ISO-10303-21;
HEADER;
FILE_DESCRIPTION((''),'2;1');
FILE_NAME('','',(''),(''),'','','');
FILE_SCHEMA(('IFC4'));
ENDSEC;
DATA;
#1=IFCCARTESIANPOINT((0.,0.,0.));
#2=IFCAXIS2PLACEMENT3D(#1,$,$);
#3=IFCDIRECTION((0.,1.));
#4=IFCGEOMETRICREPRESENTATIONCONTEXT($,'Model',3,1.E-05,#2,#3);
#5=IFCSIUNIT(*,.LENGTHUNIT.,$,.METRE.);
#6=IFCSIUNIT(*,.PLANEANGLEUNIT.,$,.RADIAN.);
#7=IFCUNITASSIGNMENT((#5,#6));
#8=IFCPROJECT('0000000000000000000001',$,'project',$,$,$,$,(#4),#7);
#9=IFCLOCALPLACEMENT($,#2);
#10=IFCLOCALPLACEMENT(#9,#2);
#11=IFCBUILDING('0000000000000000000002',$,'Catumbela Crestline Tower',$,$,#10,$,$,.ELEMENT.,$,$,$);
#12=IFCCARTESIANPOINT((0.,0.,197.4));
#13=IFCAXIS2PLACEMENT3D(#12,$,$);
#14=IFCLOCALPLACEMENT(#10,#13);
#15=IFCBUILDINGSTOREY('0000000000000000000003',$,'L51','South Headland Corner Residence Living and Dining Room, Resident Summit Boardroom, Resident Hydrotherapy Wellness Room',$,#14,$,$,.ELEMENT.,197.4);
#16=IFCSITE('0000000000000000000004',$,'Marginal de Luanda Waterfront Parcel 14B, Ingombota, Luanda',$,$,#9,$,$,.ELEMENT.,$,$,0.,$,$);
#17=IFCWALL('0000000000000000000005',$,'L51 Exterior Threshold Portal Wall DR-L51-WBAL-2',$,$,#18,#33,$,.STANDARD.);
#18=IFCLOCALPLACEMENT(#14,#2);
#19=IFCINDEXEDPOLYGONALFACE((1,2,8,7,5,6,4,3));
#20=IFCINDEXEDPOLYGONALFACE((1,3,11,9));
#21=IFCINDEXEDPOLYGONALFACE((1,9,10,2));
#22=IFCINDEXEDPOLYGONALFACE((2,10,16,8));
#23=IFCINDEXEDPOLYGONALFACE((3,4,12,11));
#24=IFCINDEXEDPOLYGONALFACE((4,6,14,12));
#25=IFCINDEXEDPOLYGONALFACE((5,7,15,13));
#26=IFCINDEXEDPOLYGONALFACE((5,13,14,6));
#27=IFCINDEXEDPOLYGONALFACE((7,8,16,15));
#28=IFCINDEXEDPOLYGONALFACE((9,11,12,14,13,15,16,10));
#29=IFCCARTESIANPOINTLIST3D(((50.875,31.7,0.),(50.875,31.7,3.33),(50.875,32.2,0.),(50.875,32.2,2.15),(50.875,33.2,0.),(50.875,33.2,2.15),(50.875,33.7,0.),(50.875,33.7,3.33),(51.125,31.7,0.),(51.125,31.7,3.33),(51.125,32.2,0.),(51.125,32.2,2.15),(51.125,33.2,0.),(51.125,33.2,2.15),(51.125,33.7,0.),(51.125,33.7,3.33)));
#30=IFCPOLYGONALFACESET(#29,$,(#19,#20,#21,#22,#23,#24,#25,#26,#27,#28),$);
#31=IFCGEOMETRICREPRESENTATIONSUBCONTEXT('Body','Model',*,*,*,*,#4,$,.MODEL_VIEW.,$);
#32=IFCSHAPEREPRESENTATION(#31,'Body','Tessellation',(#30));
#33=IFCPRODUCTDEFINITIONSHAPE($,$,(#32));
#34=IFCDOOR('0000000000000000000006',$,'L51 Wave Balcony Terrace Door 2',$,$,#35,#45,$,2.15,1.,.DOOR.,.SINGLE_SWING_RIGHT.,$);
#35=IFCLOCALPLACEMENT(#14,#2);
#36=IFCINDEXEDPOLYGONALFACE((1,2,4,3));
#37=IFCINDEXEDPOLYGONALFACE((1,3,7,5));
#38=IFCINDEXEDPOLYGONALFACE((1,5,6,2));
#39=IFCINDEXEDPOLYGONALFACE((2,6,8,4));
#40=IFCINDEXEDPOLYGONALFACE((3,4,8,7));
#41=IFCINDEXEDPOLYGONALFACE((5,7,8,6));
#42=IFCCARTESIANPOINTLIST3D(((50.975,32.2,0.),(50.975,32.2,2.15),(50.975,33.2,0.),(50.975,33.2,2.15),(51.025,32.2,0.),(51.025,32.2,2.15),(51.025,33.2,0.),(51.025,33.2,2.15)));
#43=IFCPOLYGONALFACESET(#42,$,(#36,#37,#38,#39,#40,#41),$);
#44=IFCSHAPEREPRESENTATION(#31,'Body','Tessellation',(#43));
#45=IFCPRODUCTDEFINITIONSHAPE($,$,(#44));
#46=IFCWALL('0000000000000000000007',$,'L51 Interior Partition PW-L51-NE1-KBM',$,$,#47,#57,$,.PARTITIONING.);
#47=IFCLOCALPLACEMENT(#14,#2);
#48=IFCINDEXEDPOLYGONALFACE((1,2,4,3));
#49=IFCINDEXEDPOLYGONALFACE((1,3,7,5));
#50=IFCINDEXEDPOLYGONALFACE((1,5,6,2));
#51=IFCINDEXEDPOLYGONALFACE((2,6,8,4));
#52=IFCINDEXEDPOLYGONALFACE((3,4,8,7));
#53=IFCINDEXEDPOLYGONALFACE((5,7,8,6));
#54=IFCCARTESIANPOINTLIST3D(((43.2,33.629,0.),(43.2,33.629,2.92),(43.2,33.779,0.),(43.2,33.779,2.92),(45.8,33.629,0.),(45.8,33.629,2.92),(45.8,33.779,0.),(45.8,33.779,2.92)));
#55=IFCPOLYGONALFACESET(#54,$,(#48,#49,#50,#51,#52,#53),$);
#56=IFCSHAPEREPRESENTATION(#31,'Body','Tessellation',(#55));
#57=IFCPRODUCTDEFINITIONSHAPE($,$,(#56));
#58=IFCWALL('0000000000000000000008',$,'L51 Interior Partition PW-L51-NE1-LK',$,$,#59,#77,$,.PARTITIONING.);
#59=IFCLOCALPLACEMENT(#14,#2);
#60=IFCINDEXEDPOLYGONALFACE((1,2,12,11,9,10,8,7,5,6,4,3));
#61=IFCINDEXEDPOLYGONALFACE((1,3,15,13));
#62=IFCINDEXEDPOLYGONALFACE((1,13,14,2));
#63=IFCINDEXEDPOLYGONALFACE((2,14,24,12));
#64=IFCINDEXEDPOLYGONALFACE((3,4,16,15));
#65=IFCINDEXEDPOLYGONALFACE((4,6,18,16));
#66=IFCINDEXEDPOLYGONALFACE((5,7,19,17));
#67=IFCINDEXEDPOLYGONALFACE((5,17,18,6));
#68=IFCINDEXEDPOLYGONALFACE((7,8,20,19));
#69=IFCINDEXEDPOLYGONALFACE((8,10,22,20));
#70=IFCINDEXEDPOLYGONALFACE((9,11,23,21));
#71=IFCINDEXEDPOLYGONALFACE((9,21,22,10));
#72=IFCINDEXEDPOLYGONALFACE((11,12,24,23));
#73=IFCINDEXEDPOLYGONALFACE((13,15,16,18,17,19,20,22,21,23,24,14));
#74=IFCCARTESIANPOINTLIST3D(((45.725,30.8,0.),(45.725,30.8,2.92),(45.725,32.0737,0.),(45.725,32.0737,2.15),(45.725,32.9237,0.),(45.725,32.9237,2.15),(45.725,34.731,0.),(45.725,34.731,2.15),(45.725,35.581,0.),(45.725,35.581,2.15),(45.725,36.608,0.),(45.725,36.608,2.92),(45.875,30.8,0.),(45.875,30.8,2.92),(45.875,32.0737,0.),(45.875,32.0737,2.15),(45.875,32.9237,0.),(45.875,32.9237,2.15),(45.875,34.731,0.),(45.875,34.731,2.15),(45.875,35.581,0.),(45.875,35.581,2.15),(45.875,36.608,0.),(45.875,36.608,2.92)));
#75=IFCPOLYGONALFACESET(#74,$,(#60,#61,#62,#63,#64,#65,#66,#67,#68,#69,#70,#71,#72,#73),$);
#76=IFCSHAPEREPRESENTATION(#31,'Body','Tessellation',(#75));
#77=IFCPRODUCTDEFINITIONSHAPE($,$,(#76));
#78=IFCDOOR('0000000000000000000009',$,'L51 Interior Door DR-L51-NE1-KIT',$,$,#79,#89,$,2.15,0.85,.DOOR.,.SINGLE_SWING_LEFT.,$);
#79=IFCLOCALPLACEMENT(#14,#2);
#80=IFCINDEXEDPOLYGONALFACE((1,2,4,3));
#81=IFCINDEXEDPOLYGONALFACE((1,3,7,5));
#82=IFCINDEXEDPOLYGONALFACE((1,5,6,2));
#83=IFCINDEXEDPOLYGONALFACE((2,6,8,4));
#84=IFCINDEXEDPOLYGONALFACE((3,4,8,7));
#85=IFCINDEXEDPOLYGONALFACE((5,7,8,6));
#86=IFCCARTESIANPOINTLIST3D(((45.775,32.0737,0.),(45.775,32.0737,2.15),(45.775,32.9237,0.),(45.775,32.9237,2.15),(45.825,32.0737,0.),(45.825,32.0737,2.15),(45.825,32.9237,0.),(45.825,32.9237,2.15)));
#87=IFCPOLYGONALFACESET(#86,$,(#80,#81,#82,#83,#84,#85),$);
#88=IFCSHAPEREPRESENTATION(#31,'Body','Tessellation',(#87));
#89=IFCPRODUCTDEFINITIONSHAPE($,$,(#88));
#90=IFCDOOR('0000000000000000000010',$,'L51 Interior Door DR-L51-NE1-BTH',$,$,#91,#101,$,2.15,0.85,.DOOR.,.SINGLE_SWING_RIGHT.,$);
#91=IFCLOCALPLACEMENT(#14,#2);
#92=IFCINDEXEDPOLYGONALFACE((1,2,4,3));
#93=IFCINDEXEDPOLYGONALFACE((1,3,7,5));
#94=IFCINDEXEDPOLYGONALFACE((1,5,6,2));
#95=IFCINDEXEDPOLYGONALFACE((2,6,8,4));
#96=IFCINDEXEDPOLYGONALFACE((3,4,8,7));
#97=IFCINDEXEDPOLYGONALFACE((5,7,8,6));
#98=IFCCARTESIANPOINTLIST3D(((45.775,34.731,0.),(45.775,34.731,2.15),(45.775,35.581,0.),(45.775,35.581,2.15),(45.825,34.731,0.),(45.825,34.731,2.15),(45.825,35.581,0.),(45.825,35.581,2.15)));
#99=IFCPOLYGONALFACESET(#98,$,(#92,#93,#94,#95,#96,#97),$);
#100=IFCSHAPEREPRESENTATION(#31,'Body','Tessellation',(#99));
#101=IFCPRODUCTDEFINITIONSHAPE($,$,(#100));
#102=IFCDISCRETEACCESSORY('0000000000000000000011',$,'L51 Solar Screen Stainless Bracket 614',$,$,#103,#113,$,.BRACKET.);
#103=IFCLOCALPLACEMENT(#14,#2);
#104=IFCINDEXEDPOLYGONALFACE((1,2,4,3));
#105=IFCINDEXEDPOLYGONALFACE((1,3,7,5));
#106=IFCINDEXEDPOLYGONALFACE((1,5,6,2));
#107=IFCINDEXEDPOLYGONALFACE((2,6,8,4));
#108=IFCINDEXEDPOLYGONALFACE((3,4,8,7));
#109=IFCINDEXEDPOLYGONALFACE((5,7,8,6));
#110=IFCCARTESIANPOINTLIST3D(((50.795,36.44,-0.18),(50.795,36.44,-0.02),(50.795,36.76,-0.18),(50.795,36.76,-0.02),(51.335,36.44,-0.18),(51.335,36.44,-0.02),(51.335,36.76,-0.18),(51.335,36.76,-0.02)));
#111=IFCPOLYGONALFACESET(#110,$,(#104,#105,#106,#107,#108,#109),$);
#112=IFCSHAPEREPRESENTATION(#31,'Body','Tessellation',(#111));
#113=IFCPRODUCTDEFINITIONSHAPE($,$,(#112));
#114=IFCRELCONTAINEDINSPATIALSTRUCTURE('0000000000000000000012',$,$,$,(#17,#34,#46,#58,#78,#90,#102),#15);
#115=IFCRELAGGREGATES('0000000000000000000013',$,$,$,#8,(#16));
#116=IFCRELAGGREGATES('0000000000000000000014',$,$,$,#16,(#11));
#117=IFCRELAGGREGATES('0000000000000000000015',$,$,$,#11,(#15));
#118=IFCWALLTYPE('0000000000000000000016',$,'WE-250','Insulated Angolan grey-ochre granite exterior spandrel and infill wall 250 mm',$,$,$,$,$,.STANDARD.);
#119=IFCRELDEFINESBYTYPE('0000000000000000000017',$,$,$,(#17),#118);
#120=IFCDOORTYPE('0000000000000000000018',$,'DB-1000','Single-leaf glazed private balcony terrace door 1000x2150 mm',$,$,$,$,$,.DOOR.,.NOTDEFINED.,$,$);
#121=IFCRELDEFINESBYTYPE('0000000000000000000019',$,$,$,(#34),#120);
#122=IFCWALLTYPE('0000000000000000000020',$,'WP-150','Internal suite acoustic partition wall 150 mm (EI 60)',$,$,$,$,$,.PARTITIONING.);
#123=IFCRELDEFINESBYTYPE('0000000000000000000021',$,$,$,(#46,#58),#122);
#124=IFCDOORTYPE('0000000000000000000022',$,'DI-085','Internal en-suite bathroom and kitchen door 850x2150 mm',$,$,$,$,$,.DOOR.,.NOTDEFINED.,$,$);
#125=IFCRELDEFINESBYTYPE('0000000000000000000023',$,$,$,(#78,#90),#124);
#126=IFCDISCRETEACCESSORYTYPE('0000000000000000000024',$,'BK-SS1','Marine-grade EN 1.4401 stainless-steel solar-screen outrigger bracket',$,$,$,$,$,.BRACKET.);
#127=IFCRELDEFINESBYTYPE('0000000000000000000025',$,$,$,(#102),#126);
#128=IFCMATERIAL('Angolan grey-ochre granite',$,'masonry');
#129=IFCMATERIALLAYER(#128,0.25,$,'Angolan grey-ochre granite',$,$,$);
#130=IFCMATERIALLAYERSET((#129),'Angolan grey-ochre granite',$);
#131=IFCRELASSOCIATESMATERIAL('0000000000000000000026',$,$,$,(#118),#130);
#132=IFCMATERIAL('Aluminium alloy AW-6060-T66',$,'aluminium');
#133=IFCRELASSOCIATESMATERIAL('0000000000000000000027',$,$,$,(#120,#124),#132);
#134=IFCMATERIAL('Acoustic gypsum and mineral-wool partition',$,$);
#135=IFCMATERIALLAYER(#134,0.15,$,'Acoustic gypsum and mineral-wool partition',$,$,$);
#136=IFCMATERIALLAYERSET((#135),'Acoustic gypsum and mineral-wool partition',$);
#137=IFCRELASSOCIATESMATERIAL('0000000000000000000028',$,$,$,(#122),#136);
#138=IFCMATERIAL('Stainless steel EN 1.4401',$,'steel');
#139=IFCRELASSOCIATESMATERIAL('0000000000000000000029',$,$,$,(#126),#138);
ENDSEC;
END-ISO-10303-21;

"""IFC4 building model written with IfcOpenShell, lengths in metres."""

from ifc_helpers import new_model, si_unit, direction, frame, frame_2d, origin, origin_2d, place, context, subcontext, project, spatial, rectangle, extrude, material, layer, layer_set, type_object, element, fill, save


model = new_model("IFC4")

# Units and contexts
model_context = context("Model", 3, precision=1e-05, world=origin(), true_north=direction((0.0, 1.0)))
body_context = subcontext(model_context, "Body", "Model", "MODEL_VIEW")
ifc_project = project(units=[si_unit("LENGTHUNIT", "METRE"), si_unit("PLANEANGLEUNIT", "RADIAN")], contexts=[model_context])

# Site, building, storey
site_placement = place(None, origin())
site = spatial("IfcSite", under=ifc_project, at=site_placement, Name="Marginal de Luanda Waterfront Parcel 14B, Ingombota, Luanda", CompositionType="ELEMENT", RefElevation=0.0)
building_placement = place(site_placement, origin())
building = spatial("IfcBuilding", under=site, at=building_placement, Name="Catumbela Crestline Tower", CompositionType="ELEMENT")
storey_placement = place(building_placement, frame((0.0, 0.0, 197.4)))
storey = spatial("IfcBuildingStorey", under=building, at=storey_placement, Name="L51", Description="South Headland Corner Residence Living and Dining Room, Resident Summit Boardroom, Resident Hydrotherapy Wellness Room", CompositionType="ELEMENT", Elevation=197.4)

# Shared definitions
ifc_material_1 = material(Name="Aluminium alloy AW-6060-T66", Category="aluminium")

# Wall, opening, door
ifc_material_2 = material(Name="Angolan grey-ochre granite", Category="masonry")
ifc_layer_1 = layer(ifc_material_2, 0.25, Name="Angolan grey-ochre granite")
ifc_layer_set_1 = layer_set([ifc_layer_1], Name="Angolan grey-ochre granite")
wall_type_1 = type_object("IfcWallType", Name="WE-250", Description="Insulated Angolan grey-ochre granite exterior spandrel and infill wall 250 mm", PredefinedType="STANDARD", material=ifc_layer_set_1)
wall_1_placement = place(storey_placement, frame((51.0, 31.7, 0.0), z_axis=(0.0, 0.0, 1.0), x_axis=(0.0, 1.0, 0.0)))
wall_1 = element("IfcWall", 1, at=wall_1_placement, inside=storey, type_object=wall_type_1, Name="L51 Exterior Threshold Portal Wall DR-L51-WBAL-2", PredefinedType="STANDARD", context=body_context, shape_type="SweptSolid", body=[
    extrude(rectangle(XDim=2.0, YDim=0.25, at=frame_2d((1.0, 0.0))), origin(), (0.0, 0.0, 1.0), 3.33),
])
opening_1_placement = place(wall_1_placement, frame((0.5, 0.0, 0.0)))
opening_1 = element("IfcOpeningElement", 2, at=opening_1_placement, cuts=wall_1, PredefinedType="OPENING", context=body_context, shape_type="SweptSolid", body=[
    extrude(rectangle(XDim=1.0, YDim=2.15, at=frame_2d((0.5, 1.075))), frame((0.0, 0.135, 0.0), z_axis=(0.0, -1.0, 0.0), x_axis=(1.0, 0.0, 0.0)), (0.0, 0.0, 1.0), 0.27),
])
door_type_1 = type_object("IfcDoorType", Name="DB-1000", Description="Single-leaf glazed private balcony terrace door 1000x2150 mm", OperationType="NOTDEFINED", PredefinedType="DOOR", material=ifc_material_1)
door_1_placement = place(opening_1_placement, origin())
door_1 = element("IfcDoor", 3, at=door_1_placement, inside=storey, type_object=door_type_1, Name="L51 Wave Balcony Terrace Door 2", OperationType="SINGLE_SWING_RIGHT", OverallHeight=2.15, OverallWidth=1.0, PredefinedType="DOOR", context=body_context, shape_type="SweptSolid", body=[
    extrude(rectangle(XDim=1.0, YDim=2.15, at=frame_2d((0.5, 1.075))), frame((0.0, 0.025, 0.0), z_axis=(0.0, -1.0, 0.0), x_axis=(1.0, 0.0, 0.0)), (0.0, 0.0, 1.0), 0.05),
])
fill(opening_1, door_1)

# Wall
ifc_material_3 = material(Name="Acoustic gypsum and mineral-wool partition")
ifc_layer_2 = layer(ifc_material_3, 0.15, Name="Acoustic gypsum and mineral-wool partition")
ifc_layer_set_2 = layer_set([ifc_layer_2], Name="Acoustic gypsum and mineral-wool partition")
wall_type_2 = type_object("IfcWallType", Name="WP-150", Description="Internal suite acoustic partition wall 150 mm (EI 60)", PredefinedType="PARTITIONING", material=ifc_layer_set_2)
wall_2_placement = place(storey_placement, frame((43.2, 33.704, 0.0), z_axis=(0.0, 0.0, 1.0), x_axis=(1.0, 0.0, 0.0)))
element("IfcWall", 4, at=wall_2_placement, inside=storey, type_object=wall_type_2, Name="L51 Interior Partition PW-L51-NE1-KBM", PredefinedType="PARTITIONING", context=body_context, shape_type="SweptSolid", body=[
    extrude(rectangle(XDim=2.6, YDim=0.15, at=frame_2d((1.3, 0.0))), origin(), (0.0, 0.0, 1.0), 2.92),
])

# Wall, openings, doors
wall_3_placement = place(storey_placement, frame((45.8, 30.8, 0.0), z_axis=(0.0, 0.0, 1.0), x_axis=(0.0, 1.0, 0.0)))
wall_3 = element("IfcWall", 5, at=wall_3_placement, inside=storey, type_object=wall_type_2, Name="L51 Interior Partition PW-L51-NE1-LK", PredefinedType="PARTITIONING", context=body_context, shape_type="SweptSolid", body=[
    extrude(rectangle(XDim=5.808, YDim=0.15, at=frame_2d((2.904, 0.0))), origin(), (0.0, 0.0, 1.0), 2.92),
])
opening_2_placement = place(wall_3_placement, frame((1.2737, 0.0, 0.0)))
opening_2 = element("IfcOpeningElement", 6, at=opening_2_placement, cuts=wall_3, PredefinedType="OPENING", context=body_context, shape_type="SweptSolid", body=[
    extrude(rectangle(XDim=0.85, YDim=2.15, at=frame_2d((0.425, 1.075))), frame((0.0, 0.085, 0.0), z_axis=(0.0, -1.0, 0.0), x_axis=(1.0, 0.0, 0.0)), (0.0, 0.0, 1.0), 0.17),
])
opening_3_placement = place(wall_3_placement, frame((3.931, 0.0, 0.0)))
opening_3 = element("IfcOpeningElement", 7, at=opening_3_placement, cuts=wall_3, PredefinedType="OPENING", context=body_context, shape_type="SweptSolid", body=[
    extrude(rectangle(XDim=0.85, YDim=2.15, at=frame_2d((0.425, 1.075))), frame((0.0, 0.085, 0.0), z_axis=(0.0, -1.0, 0.0), x_axis=(1.0, 0.0, 0.0)), (0.0, 0.0, 1.0), 0.17),
])
door_type_2 = type_object("IfcDoorType", Name="DI-085", Description="Internal en-suite bathroom and kitchen door 850x2150 mm", OperationType="NOTDEFINED", PredefinedType="DOOR", material=ifc_material_1)
door_2_placement = place(opening_2_placement, origin())
door_2 = element("IfcDoor", 8, at=door_2_placement, inside=storey, type_object=door_type_2, Name="L51 Interior Door DR-L51-NE1-KIT", OperationType="SINGLE_SWING_LEFT", OverallHeight=2.15, OverallWidth=0.85, PredefinedType="DOOR", context=body_context, shape_type="SweptSolid", body=[
    extrude(rectangle(XDim=0.85, YDim=2.15, at=frame_2d((0.425, 1.075))), frame((0.0, 0.025, 0.0), z_axis=(0.0, -1.0, 0.0), x_axis=(1.0, 0.0, 0.0)), (0.0, 0.0, 1.0), 0.05),
])
fill(opening_2, door_2)
door_3_placement = place(opening_3_placement, origin())
door_3 = element("IfcDoor", 9, at=door_3_placement, inside=storey, type_object=door_type_2, Name="L51 Interior Door DR-L51-NE1-BTH", OperationType="SINGLE_SWING_RIGHT", OverallHeight=2.15, OverallWidth=0.85, PredefinedType="DOOR", context=body_context, shape_type="SweptSolid", body=[
    extrude(rectangle(XDim=0.85, YDim=2.15, at=frame_2d((0.425, 1.075))), frame((0.0, 0.025, 0.0), z_axis=(0.0, -1.0, 0.0), x_axis=(1.0, 0.0, 0.0)), (0.0, 0.0, 1.0), 0.05),
])
fill(opening_3, door_3)

# Shared definitions
ifc_material_4 = material(Name="Stainless steel EN 1.4401", Category="steel")

# Discrete accessory
discrete_accessory_type = type_object("IfcDiscreteAccessoryType", Name="BK-SS1", Description="Marine-grade EN 1.4401 stainless-steel solar-screen outrigger bracket", PredefinedType="BRACKET", material=ifc_material_4)
discrete_accessory_placement = place(storey_placement, frame((51.065, 36.6, -0.18), z_axis=(0.0, 0.0, 1.0), x_axis=(0.0, 1.0, 0.0)))
element("IfcDiscreteAccessory", 10, at=discrete_accessory_placement, inside=storey, type_object=discrete_accessory_type, Name="L51 Solar Screen Stainless Bracket 614", PredefinedType="BRACKET", context=body_context, shape_type="SweptSolid", body=[
    extrude(rectangle(XDim=0.32, YDim=0.54, at=origin_2d()), origin(), (0.0, 0.0, 1.0), 0.16),
])

save(model, "model.ifc")
